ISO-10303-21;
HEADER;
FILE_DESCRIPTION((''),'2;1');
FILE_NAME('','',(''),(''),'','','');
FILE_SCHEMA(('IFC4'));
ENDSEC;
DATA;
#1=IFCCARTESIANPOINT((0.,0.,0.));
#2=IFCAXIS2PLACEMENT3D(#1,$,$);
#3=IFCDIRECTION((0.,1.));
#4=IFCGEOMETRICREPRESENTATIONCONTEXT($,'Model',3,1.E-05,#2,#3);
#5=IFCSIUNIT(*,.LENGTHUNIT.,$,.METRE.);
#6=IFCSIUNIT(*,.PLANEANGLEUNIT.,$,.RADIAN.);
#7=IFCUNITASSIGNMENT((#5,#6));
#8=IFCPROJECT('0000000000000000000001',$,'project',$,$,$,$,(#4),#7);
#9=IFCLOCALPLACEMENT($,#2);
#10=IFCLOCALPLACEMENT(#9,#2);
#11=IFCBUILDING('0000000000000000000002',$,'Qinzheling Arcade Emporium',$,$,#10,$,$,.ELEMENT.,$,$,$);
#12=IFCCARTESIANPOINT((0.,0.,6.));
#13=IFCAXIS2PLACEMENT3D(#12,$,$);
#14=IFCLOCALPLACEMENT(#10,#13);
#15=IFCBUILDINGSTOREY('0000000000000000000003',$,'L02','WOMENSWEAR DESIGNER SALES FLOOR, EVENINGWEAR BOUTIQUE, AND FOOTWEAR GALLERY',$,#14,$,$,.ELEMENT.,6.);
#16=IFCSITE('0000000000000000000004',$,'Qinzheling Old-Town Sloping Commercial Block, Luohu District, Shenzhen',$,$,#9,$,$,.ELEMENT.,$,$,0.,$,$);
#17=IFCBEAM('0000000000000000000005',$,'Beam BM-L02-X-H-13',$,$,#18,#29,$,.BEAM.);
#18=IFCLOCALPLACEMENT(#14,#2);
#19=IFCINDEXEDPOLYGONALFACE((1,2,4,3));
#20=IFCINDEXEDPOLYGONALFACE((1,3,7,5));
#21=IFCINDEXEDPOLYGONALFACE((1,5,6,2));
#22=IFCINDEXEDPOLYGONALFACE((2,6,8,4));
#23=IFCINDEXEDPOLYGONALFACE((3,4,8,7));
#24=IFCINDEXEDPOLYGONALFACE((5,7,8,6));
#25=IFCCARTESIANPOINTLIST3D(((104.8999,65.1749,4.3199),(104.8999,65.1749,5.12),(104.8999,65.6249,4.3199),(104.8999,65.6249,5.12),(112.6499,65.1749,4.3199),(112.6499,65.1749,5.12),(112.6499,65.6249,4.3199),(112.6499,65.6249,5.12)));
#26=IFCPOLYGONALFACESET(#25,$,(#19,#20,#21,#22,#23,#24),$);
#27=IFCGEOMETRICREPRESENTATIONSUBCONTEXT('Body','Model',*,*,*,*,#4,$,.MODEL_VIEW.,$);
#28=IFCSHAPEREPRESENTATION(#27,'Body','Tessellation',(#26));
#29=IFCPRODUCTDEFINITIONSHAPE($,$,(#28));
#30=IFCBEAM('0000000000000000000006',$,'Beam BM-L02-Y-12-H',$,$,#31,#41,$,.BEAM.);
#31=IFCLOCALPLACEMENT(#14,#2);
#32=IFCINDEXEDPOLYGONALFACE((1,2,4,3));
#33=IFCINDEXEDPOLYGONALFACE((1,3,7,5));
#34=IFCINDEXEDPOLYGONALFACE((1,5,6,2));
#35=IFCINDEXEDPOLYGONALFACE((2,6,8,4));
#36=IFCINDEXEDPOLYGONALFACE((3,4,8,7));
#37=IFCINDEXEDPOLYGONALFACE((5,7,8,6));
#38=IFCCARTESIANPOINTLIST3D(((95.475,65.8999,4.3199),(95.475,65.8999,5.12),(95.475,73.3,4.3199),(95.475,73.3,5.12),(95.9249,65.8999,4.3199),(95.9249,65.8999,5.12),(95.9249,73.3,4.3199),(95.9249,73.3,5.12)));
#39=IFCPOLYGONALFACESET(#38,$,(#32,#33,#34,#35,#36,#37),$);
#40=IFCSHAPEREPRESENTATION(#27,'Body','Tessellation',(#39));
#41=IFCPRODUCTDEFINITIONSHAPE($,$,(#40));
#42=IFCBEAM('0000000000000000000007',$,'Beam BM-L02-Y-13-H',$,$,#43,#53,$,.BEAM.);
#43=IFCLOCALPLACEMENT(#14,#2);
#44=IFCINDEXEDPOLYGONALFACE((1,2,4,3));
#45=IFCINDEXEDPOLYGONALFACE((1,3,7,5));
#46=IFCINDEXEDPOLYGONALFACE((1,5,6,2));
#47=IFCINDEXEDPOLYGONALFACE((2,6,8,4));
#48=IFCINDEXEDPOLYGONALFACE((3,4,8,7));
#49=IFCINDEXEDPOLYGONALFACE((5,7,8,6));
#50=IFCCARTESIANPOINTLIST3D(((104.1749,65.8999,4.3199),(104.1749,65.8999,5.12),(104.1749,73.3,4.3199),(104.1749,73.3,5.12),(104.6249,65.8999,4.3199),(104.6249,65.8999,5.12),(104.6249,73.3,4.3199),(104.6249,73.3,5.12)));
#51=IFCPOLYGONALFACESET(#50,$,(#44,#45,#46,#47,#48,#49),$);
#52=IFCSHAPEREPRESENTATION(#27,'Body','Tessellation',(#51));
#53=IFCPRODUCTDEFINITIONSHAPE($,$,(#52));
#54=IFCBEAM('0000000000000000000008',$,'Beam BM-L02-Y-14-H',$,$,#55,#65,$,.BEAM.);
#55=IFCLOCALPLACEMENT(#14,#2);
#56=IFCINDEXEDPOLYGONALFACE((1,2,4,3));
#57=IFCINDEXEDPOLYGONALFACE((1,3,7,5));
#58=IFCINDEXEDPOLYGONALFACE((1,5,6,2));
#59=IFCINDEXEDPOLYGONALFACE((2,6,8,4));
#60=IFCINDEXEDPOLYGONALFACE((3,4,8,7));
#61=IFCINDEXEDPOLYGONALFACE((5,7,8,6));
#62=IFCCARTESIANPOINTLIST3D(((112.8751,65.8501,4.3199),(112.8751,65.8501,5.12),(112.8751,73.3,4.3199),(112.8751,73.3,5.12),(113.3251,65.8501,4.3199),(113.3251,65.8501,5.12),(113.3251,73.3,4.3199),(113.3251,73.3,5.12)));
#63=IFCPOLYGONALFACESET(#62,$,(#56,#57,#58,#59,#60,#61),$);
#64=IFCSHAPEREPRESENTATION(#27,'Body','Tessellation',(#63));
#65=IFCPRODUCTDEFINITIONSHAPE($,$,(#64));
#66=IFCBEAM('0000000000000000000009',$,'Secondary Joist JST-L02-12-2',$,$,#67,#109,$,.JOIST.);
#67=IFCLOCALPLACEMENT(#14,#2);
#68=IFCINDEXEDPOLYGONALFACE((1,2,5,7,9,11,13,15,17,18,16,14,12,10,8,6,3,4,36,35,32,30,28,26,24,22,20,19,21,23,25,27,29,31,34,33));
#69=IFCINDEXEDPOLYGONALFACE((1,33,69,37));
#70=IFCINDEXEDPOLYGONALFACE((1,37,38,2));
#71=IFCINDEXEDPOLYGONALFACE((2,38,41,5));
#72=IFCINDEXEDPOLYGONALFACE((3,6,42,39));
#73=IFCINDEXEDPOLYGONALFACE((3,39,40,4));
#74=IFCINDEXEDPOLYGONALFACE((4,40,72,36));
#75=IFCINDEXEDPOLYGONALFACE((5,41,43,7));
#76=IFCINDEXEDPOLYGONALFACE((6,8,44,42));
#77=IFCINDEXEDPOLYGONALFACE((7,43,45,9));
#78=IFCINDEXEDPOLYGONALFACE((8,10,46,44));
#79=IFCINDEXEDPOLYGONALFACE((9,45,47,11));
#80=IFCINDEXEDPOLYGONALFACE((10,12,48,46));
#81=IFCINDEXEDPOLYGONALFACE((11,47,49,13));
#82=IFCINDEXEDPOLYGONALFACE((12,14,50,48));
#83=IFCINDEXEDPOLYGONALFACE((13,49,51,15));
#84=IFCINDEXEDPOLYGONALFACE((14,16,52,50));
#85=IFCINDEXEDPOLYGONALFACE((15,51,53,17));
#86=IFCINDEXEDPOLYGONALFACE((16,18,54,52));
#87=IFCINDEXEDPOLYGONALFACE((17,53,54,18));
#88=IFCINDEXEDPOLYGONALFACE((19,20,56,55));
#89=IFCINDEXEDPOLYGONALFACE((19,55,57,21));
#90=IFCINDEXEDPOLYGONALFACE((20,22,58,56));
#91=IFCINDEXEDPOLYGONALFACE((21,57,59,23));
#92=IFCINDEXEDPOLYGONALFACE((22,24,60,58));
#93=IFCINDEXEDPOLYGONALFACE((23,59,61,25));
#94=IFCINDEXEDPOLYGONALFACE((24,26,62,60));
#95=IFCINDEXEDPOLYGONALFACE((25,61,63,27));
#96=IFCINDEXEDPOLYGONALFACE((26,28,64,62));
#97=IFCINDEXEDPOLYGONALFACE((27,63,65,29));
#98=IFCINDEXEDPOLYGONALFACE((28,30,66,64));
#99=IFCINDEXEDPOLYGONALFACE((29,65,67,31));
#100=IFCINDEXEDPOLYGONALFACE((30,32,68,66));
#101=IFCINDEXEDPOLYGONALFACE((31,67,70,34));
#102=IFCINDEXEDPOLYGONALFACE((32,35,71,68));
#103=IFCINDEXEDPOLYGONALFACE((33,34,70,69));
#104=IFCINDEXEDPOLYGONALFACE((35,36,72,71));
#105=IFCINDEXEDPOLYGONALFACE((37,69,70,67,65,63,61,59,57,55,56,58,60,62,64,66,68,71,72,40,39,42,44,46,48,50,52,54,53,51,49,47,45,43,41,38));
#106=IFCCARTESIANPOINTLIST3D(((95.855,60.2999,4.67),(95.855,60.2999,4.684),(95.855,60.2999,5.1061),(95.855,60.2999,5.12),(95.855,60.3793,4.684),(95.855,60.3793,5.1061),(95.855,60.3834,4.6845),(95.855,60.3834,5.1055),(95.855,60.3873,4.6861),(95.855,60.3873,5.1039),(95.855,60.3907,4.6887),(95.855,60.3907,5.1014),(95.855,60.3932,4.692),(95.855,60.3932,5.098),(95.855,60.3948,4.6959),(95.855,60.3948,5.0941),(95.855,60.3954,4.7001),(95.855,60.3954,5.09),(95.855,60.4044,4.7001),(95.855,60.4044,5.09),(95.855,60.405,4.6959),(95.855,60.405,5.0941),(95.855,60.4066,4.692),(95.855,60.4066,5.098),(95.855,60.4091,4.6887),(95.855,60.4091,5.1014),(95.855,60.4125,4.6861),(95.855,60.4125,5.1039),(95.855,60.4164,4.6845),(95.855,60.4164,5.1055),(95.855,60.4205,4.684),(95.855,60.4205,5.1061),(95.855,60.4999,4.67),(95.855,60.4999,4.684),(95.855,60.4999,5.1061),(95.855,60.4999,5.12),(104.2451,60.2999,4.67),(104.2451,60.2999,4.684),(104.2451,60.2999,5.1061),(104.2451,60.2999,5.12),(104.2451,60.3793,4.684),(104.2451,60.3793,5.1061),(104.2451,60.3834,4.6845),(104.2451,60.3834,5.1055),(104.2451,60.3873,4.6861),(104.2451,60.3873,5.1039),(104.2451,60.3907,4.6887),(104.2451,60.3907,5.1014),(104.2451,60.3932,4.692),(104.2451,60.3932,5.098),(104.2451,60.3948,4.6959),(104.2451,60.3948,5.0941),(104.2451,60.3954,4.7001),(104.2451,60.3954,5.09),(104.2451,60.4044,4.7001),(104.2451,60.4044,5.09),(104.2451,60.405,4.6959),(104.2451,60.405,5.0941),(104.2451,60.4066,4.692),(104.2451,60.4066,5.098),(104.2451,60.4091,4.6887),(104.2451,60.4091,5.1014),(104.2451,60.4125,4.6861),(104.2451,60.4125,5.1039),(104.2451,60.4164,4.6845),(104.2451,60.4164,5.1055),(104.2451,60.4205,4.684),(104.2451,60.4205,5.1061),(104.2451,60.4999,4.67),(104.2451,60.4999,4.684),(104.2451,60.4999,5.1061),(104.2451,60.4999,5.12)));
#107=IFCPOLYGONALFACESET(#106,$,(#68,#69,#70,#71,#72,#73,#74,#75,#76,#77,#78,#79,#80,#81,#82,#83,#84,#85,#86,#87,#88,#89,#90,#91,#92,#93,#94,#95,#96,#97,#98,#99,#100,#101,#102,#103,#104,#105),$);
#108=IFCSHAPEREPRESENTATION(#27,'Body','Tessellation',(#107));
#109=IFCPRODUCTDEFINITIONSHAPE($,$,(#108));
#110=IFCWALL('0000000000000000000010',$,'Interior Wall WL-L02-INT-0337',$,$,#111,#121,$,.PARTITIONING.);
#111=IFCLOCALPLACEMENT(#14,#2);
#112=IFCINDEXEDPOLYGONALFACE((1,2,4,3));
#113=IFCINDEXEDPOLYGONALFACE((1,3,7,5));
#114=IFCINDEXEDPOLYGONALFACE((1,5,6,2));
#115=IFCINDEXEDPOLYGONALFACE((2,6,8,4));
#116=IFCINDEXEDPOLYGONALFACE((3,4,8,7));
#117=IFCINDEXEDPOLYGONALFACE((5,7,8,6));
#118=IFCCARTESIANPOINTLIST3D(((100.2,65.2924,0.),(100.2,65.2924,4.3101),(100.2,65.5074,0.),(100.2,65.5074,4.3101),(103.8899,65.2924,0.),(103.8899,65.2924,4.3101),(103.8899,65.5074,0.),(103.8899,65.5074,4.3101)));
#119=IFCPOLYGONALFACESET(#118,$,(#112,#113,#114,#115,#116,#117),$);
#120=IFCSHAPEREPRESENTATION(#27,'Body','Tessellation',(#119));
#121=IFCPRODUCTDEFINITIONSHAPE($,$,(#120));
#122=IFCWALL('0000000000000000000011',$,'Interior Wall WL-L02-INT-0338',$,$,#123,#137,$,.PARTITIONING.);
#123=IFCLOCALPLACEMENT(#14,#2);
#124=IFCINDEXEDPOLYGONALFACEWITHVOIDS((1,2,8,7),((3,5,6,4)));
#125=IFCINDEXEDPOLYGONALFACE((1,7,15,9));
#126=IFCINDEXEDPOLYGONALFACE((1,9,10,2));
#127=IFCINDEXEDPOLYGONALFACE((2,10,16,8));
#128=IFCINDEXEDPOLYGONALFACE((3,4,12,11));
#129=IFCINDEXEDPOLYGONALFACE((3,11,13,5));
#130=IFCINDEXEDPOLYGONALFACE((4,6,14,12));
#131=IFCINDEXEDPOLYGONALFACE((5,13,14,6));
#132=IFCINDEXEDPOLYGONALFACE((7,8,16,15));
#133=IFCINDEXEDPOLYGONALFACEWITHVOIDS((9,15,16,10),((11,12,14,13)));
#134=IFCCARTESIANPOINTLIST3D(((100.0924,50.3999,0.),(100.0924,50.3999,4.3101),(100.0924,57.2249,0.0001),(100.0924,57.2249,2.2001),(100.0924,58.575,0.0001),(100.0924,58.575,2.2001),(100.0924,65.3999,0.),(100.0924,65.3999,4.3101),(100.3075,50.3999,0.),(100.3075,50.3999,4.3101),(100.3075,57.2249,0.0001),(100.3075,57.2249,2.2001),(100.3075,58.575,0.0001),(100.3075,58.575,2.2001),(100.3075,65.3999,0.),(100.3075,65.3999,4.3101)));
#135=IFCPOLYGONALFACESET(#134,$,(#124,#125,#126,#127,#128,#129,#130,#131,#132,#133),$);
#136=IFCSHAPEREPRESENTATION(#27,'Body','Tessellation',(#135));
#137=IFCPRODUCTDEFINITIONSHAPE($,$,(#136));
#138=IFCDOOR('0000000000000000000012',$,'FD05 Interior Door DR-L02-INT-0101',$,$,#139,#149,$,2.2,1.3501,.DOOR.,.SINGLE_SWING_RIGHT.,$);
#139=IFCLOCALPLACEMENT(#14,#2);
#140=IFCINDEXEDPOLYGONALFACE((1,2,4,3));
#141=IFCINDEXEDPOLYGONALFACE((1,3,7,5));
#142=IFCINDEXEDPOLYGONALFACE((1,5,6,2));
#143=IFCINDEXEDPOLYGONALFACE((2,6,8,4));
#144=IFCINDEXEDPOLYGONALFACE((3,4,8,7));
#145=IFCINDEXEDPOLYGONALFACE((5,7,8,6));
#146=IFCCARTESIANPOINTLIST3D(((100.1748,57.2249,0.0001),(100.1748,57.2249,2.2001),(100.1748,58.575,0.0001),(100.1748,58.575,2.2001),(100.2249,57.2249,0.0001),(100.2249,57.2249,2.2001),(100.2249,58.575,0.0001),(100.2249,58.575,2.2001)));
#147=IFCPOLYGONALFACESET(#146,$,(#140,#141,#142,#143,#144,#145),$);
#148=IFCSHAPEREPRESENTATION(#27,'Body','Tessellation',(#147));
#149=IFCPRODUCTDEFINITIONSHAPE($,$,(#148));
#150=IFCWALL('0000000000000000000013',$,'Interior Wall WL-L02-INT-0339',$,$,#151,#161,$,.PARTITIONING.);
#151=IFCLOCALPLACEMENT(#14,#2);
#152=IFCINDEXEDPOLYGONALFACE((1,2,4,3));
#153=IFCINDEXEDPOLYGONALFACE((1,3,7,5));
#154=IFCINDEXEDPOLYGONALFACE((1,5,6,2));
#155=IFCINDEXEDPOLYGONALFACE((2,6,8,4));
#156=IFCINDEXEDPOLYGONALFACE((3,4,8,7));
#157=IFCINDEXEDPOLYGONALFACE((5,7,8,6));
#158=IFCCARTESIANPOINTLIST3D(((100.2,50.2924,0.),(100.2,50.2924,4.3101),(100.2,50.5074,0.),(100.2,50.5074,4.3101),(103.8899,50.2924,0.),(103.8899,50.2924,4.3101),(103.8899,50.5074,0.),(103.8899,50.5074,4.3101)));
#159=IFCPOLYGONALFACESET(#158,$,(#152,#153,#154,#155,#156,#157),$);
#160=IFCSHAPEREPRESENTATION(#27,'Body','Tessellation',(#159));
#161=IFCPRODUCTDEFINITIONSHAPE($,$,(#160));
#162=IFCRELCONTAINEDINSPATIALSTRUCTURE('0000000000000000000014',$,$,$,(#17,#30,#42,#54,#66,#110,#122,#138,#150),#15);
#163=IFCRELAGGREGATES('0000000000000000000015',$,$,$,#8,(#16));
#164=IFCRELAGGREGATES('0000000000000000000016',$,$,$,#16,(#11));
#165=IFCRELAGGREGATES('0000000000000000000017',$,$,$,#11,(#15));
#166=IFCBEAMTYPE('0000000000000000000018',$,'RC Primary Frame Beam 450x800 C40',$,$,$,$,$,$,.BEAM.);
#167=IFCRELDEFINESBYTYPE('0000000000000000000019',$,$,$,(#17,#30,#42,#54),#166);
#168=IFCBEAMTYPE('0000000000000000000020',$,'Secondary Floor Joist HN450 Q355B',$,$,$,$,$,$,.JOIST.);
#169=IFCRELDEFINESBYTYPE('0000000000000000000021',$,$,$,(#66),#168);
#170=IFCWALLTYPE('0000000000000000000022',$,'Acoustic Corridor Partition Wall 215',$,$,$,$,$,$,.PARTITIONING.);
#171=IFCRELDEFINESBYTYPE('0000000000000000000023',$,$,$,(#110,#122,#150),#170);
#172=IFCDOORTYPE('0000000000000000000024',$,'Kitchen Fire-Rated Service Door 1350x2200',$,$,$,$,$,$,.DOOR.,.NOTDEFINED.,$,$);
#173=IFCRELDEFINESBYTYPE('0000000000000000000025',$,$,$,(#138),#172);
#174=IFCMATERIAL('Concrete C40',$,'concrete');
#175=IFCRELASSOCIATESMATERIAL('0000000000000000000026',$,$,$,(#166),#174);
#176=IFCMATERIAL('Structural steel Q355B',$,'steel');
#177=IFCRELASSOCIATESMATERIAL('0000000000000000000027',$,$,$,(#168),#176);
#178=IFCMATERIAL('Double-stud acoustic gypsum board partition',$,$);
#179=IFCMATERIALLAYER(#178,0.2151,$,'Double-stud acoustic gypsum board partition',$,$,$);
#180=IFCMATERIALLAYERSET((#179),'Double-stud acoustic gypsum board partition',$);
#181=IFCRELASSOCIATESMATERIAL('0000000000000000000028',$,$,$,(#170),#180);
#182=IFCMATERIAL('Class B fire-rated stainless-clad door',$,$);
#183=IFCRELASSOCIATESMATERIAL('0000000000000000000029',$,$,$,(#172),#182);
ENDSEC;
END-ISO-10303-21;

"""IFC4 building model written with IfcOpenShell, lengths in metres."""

from ifc_helpers import new_model, si_unit, direction, frame, frame_2d, origin, origin_2d, place, context, subcontext, project, spatial, rectangle, i_section, extrude, material, layer, layer_set, material_profile, profile_set, type_object, element, fill, save


model = new_model("IFC4")

# Units and contexts
model_context = context("Model", 3, precision=1e-05, world=origin(), true_north=direction((0.0, 1.0)))
body_context = subcontext(model_context, "Body", "Model", "MODEL_VIEW")
ifc_project = project(units=[si_unit("LENGTHUNIT", "METRE"), si_unit("PLANEANGLEUNIT", "RADIAN")], contexts=[model_context])

# Site, building, storey
site_placement = place(None, origin())
site = spatial("IfcSite", under=ifc_project, at=site_placement, Name="Qinzheling Old-Town Sloping Commercial Block, Luohu District, Shenzhen", CompositionType="ELEMENT", RefElevation=0.0)
building_placement = place(site_placement, origin())
building = spatial("IfcBuilding", under=site, at=building_placement, Name="Qinzheling Arcade Emporium", CompositionType="ELEMENT")
storey_placement = place(building_placement, frame((0.0, 0.0, 6.0)))
storey = spatial("IfcBuildingStorey", under=building, at=storey_placement, Name="L02", Description="WOMENSWEAR DESIGNER SALES FLOOR, EVENINGWEAR BOUTIQUE, AND FOOTWEAR GALLERY", CompositionType="ELEMENT", Elevation=6.0)

# Beams
ifc_material_1 = material(Name="Structural steel Q355B", Category="steel")
ifc_material_2 = material(Name="Concrete C40", Category="concrete")
ifc_material_profile_1 = material_profile(ifc_material_2, rectangle(XDim=0.45, YDim=0.8, at=origin_2d()), Name="RC 450x800", Category="concrete")
ifc_profile_set_1 = profile_set([ifc_material_profile_1], Name="Concrete C40")
beam_type_1 = type_object("IfcBeamType", Name="RC Primary Frame Beam 450x800 C40", PredefinedType="BEAM", material=ifc_profile_set_1)
beam_1_placement = place(storey_placement, frame((104.8999, 65.3999, 4.72), z_axis=(1.0, 0.0, 0.0), x_axis=(0.0, 1.0, 0.0)))
element("IfcBeam", 1, at=beam_1_placement, inside=storey, type_object=beam_type_1, Name="Beam BM-L02-X-H-13", PredefinedType="BEAM", context=body_context, shape_type="SweptSolid", body=[
    extrude(rectangle(XDim=0.45, YDim=0.8, at=origin_2d()), origin(), (0.0, 0.0, 1.0), 7.75),
])
for number, where, z_axis, x_axis, name in (
    (2, (95.7, 65.8999, 4.72), (0.0, 1.0, 0.0), (-1.0, 0.0, 0.0), "Beam BM-L02-Y-12-H"),
    (3, (104.3999, 65.8999, 4.72), (0.0, 1.0, 0.0), (-1.0, 0.0, 0.0), "Beam BM-L02-Y-13-H"),
):
    element("IfcBeam", number, at=place(storey_placement, frame(where, z_axis=z_axis, x_axis=x_axis)), inside=storey, type_object=beam_type_1, Name=name, PredefinedType="BEAM", context=body_context, shape_type="SweptSolid", body=[
        extrude(rectangle(XDim=0.45, YDim=0.8, at=origin_2d()), origin(), (0.0, 0.0, 1.0), 7.4001),
    ])
beam_2_placement = place(storey_placement, frame((113.1001, 65.8501, 4.72), z_axis=(0.0, 1.0, 0.0), x_axis=(-1.0, 0.0, 0.0)))
element("IfcBeam", 4, at=beam_2_placement, inside=storey, type_object=beam_type_1, Name="Beam BM-L02-Y-14-H", PredefinedType="BEAM", context=body_context, shape_type="SweptSolid", body=[
    extrude(rectangle(XDim=0.45, YDim=0.8, at=origin_2d()), origin(), (0.0, 0.0, 1.0), 7.45),
])
ifc_material_profile_2 = material_profile(ifc_material_1, i_section(OverallWidth=0.2, OverallDepth=0.45, WebThickness=0.009, FlangeThickness=0.0139, FilletRadius=0.0161, at=origin_2d()), Name="HN 450x200x9x14", Category="steel")
ifc_profile_set_2 = profile_set([ifc_material_profile_2], Name="Structural steel Q355B")
beam_type_2 = type_object("IfcBeamType", Name="Secondary Floor Joist HN450 Q355B", PredefinedType="JOIST", material=ifc_profile_set_2)
beam_3_placement = place(storey_placement, frame((95.855, 60.3999, 4.895), z_axis=(1.0, 0.0, 0.0), x_axis=(0.0, 1.0, 0.0)))
element("IfcBeam", 5, at=beam_3_placement, inside=storey, type_object=beam_type_2, Name="Secondary Joist JST-L02-12-2", PredefinedType="JOIST", context=body_context, shape_type="SweptSolid", body=[
    extrude(i_section(OverallWidth=0.2, OverallDepth=0.45, WebThickness=0.009, FlangeThickness=0.0139, FilletRadius=0.0161, at=origin_2d()), origin(), (0.0, 0.0, 1.0), 8.3901),
])

# Wall
ifc_material_3 = material(Name="Double-stud acoustic gypsum board partition")
ifc_layer = layer(ifc_material_3, 0.2151, Name="Double-stud acoustic gypsum board partition")
ifc_layer_set = layer_set([ifc_layer], Name="Double-stud acoustic gypsum board partition")
wall_type = type_object("IfcWallType", Name="Acoustic Corridor Partition Wall 215", PredefinedType="PARTITIONING", material=ifc_layer_set)
wall_1_placement = place(storey_placement, frame((103.8899, 65.3999, 0.0), z_axis=(0.0, 0.0, 1.0), x_axis=(-1.0, 0.0, 0.0)))
element("IfcWall", 6, at=wall_1_placement, inside=storey, type_object=wall_type, Name="Interior Wall WL-L02-INT-0337", PredefinedType="PARTITIONING", context=body_context, shape_type="SweptSolid", body=[
    extrude(rectangle(XDim=3.6899, YDim=0.2151, at=frame_2d((1.845, 0.0))), origin(), (0.0, 0.0, 1.0), 4.3101),
])

# Wall, opening, door
wall_2_placement = place(storey_placement, frame((100.2, 65.3999, 0.0), z_axis=(0.0, 0.0, 1.0), x_axis=(0.0, -1.0, 0.0)))
wall_2 = element("IfcWall", 7, at=wall_2_placement, inside=storey, type_object=wall_type, Name="Interior Wall WL-L02-INT-0338", PredefinedType="PARTITIONING", context=body_context, shape_type="SweptSolid", body=[
    extrude(rectangle(XDim=15.0, YDim=0.2151, at=frame_2d((7.5, 0.0))), origin(), (0.0, 0.0, 1.0), 4.3101),
])
opening_1_placement = place(wall_2_placement, frame((6.825, 0.0, 0.0)))
opening_1 = element("IfcOpeningElement", 8, at=opening_1_placement, cuts=wall_2, PredefinedType="OPENING", context=body_context, shape_type="SweptSolid", body=[
    extrude(rectangle(XDim=1.3501, YDim=2.2, at=frame_2d((0.675, 1.1001))), frame((0.0, 0.1177, 0.0), z_axis=(0.0, -1.0, 0.0), x_axis=(1.0, 0.0, 0.0)), (0.0, 0.0, 1.0), 0.2351),
])
ifc_material_4 = material(Name="Class B fire-rated stainless-clad door")
door_type = type_object("IfcDoorType", Name="Kitchen Fire-Rated Service Door 1350x2200", OperationType="NOTDEFINED", PredefinedType="DOOR", material=ifc_material_4)
door_1_placement = place(opening_1_placement, origin())
door_1 = element("IfcDoor", 9, at=door_1_placement, inside=storey, type_object=door_type, Name="FD05 Interior Door DR-L02-INT-0101", OperationType="SINGLE_SWING_RIGHT", OverallHeight=2.2, OverallWidth=1.3501, PredefinedType="DOOR", context=body_context, shape_type="SweptSolid", body=[
    extrude(rectangle(XDim=1.3501, YDim=2.2, at=frame_2d((0.675, 1.1001))), frame((0.0, 0.0249, 0.0), z_axis=(0.0, -1.0, 0.0), x_axis=(1.0, 0.0, 0.0)), (0.0, 0.0, 1.0), 0.05),
])
fill(opening_1, door_1)

# Wall
wall_3_placement = place(storey_placement, frame((100.2, 50.3999, 0.0), z_axis=(0.0, 0.0, 1.0), x_axis=(1.0, 0.0, 0.0)))
element("IfcWall", 10, at=wall_3_placement, inside=storey, type_object=wall_type, Name="Interior Wall WL-L02-INT-0339", PredefinedType="PARTITIONING", context=body_context, shape_type="SweptSolid", body=[
    extrude(rectangle(XDim=3.6899, YDim=0.2151, at=frame_2d((1.845, 0.0))), origin(), (0.0, 0.0, 1.0), 4.3101),
])

save(model, "model.ifc")
